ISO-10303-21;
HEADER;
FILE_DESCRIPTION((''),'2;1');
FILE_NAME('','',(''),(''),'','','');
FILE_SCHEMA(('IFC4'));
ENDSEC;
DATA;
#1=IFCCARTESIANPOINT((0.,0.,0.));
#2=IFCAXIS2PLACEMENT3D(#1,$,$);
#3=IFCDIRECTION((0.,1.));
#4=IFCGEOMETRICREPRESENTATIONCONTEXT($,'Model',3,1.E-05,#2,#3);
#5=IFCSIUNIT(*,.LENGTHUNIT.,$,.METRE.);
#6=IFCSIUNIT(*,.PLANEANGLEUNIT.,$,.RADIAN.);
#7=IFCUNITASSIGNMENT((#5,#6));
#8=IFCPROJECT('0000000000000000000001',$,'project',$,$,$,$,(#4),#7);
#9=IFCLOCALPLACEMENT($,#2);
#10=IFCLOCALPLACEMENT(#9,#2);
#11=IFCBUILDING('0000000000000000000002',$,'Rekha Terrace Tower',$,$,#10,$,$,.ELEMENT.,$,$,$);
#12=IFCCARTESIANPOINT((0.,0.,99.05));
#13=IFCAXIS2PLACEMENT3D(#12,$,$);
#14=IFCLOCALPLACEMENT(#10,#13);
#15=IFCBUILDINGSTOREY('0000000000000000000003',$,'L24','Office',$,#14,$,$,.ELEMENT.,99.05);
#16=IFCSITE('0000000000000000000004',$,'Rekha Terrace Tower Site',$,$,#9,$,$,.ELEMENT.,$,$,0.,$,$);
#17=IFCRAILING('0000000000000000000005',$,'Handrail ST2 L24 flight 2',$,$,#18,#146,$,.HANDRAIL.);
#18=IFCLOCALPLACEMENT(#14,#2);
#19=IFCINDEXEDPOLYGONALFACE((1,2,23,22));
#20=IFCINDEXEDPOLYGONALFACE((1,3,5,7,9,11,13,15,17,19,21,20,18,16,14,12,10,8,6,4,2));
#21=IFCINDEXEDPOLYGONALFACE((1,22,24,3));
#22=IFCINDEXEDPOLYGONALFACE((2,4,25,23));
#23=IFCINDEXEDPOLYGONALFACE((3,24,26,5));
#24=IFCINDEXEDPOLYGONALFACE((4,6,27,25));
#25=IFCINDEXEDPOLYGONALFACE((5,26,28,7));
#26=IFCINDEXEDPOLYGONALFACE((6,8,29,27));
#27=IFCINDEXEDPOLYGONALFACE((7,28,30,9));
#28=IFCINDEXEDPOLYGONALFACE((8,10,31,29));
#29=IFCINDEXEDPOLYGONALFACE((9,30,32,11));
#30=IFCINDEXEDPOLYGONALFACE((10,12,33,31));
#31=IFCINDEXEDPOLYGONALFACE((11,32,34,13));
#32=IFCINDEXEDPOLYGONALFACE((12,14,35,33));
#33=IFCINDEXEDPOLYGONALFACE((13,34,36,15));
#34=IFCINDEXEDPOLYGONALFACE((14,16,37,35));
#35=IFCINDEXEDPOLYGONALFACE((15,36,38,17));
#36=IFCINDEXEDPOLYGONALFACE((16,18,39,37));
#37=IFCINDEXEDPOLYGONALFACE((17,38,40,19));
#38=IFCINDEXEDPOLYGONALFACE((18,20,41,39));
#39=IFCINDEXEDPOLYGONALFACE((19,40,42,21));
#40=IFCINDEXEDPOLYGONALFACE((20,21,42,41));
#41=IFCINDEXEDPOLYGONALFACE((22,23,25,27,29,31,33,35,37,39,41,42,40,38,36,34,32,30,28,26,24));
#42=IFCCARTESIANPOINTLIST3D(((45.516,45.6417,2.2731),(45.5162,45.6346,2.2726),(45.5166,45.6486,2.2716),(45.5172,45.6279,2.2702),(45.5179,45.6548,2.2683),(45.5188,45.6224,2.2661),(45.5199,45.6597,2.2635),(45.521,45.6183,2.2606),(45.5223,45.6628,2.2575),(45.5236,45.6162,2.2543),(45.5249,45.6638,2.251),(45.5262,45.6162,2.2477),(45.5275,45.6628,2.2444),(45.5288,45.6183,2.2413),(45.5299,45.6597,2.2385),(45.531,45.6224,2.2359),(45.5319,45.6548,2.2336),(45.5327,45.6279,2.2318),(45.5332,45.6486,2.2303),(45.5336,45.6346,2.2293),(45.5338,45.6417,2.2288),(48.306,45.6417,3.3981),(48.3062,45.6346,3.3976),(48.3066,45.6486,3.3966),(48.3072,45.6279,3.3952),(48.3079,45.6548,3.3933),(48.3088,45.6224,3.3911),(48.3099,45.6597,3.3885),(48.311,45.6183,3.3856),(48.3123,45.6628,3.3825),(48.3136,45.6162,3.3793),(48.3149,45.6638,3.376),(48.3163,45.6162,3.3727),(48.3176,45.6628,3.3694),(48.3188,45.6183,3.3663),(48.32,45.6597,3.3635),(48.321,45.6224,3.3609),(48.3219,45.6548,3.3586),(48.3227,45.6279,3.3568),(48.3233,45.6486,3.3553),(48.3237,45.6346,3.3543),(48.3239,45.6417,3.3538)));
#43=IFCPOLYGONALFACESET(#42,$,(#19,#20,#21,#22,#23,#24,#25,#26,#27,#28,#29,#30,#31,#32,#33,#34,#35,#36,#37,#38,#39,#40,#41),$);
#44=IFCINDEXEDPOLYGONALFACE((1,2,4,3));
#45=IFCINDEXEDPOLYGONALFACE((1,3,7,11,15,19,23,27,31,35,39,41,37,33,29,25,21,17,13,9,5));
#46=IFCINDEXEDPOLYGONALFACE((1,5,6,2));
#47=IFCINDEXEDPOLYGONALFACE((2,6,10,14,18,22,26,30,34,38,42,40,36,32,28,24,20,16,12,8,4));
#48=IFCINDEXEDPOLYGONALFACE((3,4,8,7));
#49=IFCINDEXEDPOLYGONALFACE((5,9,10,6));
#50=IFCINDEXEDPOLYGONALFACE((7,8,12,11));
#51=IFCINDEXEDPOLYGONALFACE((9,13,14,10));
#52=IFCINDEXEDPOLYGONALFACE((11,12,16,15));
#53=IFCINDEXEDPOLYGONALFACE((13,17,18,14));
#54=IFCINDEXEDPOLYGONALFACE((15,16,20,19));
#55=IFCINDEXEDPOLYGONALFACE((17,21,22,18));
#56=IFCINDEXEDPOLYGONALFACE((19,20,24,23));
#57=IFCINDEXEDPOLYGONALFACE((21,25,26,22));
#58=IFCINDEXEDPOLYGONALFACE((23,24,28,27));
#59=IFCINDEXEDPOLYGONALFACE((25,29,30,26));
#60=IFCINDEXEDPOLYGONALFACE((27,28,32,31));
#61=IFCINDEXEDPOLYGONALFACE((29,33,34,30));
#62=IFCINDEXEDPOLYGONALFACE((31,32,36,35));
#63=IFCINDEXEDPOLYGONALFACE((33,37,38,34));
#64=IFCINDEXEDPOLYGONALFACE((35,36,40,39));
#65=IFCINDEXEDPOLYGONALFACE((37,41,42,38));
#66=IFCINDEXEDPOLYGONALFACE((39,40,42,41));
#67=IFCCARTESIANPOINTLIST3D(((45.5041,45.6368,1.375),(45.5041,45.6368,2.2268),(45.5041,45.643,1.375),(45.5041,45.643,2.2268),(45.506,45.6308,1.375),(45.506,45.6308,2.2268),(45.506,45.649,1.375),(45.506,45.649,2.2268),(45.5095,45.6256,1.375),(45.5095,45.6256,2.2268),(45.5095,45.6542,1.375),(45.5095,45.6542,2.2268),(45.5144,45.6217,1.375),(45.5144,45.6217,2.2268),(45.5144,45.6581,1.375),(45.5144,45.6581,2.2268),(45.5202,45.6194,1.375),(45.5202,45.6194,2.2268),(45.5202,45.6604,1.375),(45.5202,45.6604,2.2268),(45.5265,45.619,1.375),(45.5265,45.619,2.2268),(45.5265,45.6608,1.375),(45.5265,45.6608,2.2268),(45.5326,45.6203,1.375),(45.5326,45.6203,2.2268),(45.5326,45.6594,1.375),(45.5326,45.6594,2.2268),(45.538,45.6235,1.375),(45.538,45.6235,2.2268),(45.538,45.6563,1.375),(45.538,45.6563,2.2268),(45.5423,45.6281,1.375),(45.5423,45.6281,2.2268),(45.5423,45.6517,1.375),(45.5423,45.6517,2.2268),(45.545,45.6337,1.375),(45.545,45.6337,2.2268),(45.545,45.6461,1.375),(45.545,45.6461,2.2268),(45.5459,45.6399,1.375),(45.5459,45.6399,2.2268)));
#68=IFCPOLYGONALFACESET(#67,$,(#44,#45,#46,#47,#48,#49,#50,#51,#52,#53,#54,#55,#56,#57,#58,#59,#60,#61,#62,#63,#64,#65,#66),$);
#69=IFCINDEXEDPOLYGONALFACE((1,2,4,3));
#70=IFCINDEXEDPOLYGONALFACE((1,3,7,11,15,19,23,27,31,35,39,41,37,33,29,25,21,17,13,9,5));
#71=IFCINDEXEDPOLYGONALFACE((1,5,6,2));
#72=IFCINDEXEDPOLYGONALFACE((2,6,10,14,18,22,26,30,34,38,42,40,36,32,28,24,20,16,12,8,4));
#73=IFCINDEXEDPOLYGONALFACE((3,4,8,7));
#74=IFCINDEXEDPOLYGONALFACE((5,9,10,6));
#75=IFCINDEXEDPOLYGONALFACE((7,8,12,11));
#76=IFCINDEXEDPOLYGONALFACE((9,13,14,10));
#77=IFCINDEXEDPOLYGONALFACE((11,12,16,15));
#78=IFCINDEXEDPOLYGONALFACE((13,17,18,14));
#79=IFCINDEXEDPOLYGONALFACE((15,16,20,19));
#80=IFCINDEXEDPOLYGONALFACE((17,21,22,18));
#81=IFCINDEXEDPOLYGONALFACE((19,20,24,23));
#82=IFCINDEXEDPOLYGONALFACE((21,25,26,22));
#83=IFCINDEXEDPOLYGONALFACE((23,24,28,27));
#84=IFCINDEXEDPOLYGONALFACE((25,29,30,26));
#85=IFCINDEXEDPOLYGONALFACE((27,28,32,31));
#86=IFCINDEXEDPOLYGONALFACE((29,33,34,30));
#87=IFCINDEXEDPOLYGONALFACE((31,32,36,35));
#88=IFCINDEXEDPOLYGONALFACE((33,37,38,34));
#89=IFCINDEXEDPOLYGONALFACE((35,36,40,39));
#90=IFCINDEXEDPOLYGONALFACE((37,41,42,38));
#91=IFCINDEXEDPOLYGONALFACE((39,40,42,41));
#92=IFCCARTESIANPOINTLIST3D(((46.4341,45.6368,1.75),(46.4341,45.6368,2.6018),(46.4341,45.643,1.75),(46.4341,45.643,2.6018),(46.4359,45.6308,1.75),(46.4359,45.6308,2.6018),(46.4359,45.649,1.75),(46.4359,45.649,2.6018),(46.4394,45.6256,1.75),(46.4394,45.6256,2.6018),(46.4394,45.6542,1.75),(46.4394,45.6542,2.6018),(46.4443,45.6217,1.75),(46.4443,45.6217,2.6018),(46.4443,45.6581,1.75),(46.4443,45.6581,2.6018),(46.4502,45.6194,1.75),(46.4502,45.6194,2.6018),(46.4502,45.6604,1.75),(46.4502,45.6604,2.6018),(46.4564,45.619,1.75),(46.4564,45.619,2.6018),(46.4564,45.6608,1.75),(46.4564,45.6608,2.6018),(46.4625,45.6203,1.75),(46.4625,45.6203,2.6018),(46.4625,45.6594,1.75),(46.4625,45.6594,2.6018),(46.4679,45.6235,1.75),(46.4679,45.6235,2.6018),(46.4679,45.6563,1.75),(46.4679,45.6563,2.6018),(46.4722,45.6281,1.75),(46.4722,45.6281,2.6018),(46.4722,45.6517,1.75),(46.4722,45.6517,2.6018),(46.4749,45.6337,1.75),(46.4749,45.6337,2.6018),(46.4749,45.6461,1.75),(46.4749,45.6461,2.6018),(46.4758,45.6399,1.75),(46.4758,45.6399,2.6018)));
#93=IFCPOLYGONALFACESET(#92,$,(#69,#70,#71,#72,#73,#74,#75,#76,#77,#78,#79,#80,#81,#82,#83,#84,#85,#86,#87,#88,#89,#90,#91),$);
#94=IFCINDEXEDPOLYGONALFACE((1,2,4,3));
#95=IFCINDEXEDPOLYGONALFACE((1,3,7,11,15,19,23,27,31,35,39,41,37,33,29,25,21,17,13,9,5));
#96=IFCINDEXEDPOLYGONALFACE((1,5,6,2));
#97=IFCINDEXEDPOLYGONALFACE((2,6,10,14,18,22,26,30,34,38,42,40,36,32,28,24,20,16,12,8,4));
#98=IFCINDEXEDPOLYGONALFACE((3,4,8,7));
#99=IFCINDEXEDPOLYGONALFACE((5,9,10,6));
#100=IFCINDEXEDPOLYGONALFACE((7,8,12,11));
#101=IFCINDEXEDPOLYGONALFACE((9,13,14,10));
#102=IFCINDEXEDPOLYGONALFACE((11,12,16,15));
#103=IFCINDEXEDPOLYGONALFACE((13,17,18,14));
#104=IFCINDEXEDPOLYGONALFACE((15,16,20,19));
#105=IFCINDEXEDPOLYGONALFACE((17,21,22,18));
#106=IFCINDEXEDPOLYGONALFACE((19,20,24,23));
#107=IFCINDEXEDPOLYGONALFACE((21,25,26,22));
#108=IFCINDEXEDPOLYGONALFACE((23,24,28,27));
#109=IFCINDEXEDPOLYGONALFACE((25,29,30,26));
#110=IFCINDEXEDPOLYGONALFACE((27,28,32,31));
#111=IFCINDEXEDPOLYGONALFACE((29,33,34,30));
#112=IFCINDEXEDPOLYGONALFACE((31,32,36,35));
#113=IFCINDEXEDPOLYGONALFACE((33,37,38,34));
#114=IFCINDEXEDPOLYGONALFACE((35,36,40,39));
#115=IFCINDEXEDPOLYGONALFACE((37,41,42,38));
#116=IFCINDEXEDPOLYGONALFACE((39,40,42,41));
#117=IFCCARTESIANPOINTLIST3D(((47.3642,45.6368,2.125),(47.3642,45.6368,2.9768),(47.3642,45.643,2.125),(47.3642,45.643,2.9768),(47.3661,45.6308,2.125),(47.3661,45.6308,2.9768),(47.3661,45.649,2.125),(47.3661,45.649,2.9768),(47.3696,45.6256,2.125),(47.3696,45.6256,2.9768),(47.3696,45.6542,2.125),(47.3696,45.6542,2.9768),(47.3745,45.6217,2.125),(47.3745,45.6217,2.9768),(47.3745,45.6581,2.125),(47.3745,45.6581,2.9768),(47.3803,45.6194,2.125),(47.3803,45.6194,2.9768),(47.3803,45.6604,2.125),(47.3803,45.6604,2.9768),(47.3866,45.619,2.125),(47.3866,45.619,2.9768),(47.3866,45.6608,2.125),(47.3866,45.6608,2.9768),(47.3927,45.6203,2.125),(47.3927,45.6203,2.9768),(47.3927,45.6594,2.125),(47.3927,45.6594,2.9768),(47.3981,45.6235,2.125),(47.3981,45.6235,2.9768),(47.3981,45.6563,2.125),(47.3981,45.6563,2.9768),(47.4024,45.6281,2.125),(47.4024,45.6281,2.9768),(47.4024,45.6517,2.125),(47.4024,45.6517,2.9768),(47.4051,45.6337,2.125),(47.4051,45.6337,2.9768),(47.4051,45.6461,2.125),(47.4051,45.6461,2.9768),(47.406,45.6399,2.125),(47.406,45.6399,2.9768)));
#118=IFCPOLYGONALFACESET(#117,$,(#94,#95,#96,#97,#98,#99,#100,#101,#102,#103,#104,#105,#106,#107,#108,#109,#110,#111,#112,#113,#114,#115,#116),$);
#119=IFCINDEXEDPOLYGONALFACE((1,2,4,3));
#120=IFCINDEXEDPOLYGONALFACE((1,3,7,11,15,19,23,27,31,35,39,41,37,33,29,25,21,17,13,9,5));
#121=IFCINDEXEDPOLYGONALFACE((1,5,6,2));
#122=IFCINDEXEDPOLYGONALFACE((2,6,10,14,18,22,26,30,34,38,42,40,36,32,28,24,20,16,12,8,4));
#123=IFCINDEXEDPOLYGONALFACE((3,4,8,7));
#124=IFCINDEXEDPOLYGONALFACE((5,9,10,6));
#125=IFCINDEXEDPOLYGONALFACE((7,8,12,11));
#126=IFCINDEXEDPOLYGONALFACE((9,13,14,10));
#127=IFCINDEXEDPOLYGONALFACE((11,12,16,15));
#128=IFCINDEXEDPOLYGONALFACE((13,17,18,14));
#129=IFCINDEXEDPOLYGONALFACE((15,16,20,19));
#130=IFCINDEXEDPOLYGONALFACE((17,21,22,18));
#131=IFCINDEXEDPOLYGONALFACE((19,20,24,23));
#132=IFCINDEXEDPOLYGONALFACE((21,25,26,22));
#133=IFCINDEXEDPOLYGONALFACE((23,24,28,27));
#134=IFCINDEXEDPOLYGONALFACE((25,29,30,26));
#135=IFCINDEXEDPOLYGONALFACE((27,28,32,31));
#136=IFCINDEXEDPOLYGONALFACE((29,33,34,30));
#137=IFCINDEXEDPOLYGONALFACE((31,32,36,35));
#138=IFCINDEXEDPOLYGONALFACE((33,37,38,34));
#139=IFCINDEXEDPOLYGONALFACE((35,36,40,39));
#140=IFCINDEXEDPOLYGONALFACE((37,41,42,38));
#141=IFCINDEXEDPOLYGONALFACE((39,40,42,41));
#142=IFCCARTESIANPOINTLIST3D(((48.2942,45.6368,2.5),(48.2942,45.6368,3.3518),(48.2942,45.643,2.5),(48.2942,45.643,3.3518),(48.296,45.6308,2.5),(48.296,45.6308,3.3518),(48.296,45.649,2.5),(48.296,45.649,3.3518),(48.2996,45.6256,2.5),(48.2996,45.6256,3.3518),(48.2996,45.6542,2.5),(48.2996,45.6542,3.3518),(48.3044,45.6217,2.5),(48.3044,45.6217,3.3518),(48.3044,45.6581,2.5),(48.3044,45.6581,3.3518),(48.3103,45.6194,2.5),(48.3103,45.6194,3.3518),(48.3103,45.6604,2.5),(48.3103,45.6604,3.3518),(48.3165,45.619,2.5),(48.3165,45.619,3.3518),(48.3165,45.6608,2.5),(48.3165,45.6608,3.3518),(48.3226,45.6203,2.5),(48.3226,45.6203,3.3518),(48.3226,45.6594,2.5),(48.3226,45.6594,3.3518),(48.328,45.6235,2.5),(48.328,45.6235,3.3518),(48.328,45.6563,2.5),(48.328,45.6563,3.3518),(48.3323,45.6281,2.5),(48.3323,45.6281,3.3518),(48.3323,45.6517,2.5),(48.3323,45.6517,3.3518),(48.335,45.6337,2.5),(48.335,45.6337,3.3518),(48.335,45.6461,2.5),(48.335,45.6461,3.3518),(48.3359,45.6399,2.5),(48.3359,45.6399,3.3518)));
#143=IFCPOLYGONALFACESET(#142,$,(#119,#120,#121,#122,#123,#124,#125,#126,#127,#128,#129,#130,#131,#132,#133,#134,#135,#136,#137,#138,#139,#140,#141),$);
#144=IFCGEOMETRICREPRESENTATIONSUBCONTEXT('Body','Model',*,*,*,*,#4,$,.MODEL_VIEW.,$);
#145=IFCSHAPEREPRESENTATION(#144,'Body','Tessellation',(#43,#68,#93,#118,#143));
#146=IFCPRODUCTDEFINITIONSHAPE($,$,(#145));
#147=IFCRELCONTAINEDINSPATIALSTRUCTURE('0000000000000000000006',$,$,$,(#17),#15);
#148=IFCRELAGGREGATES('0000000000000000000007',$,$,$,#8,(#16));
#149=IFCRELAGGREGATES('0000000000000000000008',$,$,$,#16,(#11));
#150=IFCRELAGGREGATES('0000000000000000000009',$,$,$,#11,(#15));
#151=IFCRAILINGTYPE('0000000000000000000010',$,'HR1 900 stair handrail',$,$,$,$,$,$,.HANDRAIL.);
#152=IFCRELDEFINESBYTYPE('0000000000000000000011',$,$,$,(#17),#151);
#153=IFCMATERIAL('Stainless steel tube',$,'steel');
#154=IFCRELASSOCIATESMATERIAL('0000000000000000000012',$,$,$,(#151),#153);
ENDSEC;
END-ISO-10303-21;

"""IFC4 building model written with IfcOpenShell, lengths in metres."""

from ifc_helpers import new_model, si_unit, direction, frame, origin, origin_2d, place, context, subcontext, project, spatial, circle, extrude, material, type_object, element, save


model = new_model("IFC4")

# Units and contexts
model_context = context("Model", 3, precision=1e-05, world=origin(), true_north=direction((0.0, 1.0)))
body_context = subcontext(model_context, "Body", "Model", "MODEL_VIEW")
ifc_project = project(units=[si_unit("LENGTHUNIT", "METRE"), si_unit("PLANEANGLEUNIT", "RADIAN")], contexts=[model_context])

# Site, building, storey
site_placement = place(None, origin())
site = spatial("IfcSite", under=ifc_project, at=site_placement, Name="Rekha Terrace Tower Site", CompositionType="ELEMENT", RefElevation=0.0)
building_placement = place(site_placement, origin())
building = spatial("IfcBuilding", under=site, at=building_placement, Name="Rekha Terrace Tower", CompositionType="ELEMENT")
storey_placement = place(building_placement, frame((0.0, 0.0, 99.05)))
storey = spatial("IfcBuildingStorey", under=building, at=storey_placement, Name="L24", Description="Office", CompositionType="ELEMENT", Elevation=99.05)

# Railing
ifc_material_1 = material(Name="Stainless steel tube", Category="steel")
railing_type_1 = type_object("IfcRailingType", Name="HR1 900 stair handrail", PredefinedType="HANDRAIL", material=ifc_material_1)
railing_1_placement = place(storey_placement, frame((45.5249, 45.6399, 1.375)))
element("IfcRailing", 1, at=railing_1_placement, inside=storey, type_object=railing_type_1, Name="Handrail ST2 L24 flight 2", PredefinedType="HANDRAIL", context=body_context, shape_type="SweptSolid", body=[
    extrude(circle(Radius=0.0239, at=origin_2d()), frame((0.0, 0.0, 0.876), z_axis=(0.927443, 0.0, 0.373964), x_axis=(0.0, 1.0, 0.0)), (0.0, 0.0, 1.0), 3.0083),
    extrude(circle(Radius=0.021, at=origin_2d()), origin(), (0.0, 0.0, 1.0), 0.8518),
    extrude(circle(Radius=0.021, at=origin_2d()), frame((0.9299, 0.0, 0.375)), (0.0, 0.0, 1.0), 0.8518),
    extrude(circle(Radius=0.021, at=origin_2d()), frame((1.8601, 0.0, 0.75)), (0.0, 0.0, 1.0), 0.8518),
    extrude(circle(Radius=0.021, at=origin_2d()), frame((2.79, 0.0, 1.125)), (0.0, 0.0, 1.0), 0.8518),
])

save(model, "model.ifc")
